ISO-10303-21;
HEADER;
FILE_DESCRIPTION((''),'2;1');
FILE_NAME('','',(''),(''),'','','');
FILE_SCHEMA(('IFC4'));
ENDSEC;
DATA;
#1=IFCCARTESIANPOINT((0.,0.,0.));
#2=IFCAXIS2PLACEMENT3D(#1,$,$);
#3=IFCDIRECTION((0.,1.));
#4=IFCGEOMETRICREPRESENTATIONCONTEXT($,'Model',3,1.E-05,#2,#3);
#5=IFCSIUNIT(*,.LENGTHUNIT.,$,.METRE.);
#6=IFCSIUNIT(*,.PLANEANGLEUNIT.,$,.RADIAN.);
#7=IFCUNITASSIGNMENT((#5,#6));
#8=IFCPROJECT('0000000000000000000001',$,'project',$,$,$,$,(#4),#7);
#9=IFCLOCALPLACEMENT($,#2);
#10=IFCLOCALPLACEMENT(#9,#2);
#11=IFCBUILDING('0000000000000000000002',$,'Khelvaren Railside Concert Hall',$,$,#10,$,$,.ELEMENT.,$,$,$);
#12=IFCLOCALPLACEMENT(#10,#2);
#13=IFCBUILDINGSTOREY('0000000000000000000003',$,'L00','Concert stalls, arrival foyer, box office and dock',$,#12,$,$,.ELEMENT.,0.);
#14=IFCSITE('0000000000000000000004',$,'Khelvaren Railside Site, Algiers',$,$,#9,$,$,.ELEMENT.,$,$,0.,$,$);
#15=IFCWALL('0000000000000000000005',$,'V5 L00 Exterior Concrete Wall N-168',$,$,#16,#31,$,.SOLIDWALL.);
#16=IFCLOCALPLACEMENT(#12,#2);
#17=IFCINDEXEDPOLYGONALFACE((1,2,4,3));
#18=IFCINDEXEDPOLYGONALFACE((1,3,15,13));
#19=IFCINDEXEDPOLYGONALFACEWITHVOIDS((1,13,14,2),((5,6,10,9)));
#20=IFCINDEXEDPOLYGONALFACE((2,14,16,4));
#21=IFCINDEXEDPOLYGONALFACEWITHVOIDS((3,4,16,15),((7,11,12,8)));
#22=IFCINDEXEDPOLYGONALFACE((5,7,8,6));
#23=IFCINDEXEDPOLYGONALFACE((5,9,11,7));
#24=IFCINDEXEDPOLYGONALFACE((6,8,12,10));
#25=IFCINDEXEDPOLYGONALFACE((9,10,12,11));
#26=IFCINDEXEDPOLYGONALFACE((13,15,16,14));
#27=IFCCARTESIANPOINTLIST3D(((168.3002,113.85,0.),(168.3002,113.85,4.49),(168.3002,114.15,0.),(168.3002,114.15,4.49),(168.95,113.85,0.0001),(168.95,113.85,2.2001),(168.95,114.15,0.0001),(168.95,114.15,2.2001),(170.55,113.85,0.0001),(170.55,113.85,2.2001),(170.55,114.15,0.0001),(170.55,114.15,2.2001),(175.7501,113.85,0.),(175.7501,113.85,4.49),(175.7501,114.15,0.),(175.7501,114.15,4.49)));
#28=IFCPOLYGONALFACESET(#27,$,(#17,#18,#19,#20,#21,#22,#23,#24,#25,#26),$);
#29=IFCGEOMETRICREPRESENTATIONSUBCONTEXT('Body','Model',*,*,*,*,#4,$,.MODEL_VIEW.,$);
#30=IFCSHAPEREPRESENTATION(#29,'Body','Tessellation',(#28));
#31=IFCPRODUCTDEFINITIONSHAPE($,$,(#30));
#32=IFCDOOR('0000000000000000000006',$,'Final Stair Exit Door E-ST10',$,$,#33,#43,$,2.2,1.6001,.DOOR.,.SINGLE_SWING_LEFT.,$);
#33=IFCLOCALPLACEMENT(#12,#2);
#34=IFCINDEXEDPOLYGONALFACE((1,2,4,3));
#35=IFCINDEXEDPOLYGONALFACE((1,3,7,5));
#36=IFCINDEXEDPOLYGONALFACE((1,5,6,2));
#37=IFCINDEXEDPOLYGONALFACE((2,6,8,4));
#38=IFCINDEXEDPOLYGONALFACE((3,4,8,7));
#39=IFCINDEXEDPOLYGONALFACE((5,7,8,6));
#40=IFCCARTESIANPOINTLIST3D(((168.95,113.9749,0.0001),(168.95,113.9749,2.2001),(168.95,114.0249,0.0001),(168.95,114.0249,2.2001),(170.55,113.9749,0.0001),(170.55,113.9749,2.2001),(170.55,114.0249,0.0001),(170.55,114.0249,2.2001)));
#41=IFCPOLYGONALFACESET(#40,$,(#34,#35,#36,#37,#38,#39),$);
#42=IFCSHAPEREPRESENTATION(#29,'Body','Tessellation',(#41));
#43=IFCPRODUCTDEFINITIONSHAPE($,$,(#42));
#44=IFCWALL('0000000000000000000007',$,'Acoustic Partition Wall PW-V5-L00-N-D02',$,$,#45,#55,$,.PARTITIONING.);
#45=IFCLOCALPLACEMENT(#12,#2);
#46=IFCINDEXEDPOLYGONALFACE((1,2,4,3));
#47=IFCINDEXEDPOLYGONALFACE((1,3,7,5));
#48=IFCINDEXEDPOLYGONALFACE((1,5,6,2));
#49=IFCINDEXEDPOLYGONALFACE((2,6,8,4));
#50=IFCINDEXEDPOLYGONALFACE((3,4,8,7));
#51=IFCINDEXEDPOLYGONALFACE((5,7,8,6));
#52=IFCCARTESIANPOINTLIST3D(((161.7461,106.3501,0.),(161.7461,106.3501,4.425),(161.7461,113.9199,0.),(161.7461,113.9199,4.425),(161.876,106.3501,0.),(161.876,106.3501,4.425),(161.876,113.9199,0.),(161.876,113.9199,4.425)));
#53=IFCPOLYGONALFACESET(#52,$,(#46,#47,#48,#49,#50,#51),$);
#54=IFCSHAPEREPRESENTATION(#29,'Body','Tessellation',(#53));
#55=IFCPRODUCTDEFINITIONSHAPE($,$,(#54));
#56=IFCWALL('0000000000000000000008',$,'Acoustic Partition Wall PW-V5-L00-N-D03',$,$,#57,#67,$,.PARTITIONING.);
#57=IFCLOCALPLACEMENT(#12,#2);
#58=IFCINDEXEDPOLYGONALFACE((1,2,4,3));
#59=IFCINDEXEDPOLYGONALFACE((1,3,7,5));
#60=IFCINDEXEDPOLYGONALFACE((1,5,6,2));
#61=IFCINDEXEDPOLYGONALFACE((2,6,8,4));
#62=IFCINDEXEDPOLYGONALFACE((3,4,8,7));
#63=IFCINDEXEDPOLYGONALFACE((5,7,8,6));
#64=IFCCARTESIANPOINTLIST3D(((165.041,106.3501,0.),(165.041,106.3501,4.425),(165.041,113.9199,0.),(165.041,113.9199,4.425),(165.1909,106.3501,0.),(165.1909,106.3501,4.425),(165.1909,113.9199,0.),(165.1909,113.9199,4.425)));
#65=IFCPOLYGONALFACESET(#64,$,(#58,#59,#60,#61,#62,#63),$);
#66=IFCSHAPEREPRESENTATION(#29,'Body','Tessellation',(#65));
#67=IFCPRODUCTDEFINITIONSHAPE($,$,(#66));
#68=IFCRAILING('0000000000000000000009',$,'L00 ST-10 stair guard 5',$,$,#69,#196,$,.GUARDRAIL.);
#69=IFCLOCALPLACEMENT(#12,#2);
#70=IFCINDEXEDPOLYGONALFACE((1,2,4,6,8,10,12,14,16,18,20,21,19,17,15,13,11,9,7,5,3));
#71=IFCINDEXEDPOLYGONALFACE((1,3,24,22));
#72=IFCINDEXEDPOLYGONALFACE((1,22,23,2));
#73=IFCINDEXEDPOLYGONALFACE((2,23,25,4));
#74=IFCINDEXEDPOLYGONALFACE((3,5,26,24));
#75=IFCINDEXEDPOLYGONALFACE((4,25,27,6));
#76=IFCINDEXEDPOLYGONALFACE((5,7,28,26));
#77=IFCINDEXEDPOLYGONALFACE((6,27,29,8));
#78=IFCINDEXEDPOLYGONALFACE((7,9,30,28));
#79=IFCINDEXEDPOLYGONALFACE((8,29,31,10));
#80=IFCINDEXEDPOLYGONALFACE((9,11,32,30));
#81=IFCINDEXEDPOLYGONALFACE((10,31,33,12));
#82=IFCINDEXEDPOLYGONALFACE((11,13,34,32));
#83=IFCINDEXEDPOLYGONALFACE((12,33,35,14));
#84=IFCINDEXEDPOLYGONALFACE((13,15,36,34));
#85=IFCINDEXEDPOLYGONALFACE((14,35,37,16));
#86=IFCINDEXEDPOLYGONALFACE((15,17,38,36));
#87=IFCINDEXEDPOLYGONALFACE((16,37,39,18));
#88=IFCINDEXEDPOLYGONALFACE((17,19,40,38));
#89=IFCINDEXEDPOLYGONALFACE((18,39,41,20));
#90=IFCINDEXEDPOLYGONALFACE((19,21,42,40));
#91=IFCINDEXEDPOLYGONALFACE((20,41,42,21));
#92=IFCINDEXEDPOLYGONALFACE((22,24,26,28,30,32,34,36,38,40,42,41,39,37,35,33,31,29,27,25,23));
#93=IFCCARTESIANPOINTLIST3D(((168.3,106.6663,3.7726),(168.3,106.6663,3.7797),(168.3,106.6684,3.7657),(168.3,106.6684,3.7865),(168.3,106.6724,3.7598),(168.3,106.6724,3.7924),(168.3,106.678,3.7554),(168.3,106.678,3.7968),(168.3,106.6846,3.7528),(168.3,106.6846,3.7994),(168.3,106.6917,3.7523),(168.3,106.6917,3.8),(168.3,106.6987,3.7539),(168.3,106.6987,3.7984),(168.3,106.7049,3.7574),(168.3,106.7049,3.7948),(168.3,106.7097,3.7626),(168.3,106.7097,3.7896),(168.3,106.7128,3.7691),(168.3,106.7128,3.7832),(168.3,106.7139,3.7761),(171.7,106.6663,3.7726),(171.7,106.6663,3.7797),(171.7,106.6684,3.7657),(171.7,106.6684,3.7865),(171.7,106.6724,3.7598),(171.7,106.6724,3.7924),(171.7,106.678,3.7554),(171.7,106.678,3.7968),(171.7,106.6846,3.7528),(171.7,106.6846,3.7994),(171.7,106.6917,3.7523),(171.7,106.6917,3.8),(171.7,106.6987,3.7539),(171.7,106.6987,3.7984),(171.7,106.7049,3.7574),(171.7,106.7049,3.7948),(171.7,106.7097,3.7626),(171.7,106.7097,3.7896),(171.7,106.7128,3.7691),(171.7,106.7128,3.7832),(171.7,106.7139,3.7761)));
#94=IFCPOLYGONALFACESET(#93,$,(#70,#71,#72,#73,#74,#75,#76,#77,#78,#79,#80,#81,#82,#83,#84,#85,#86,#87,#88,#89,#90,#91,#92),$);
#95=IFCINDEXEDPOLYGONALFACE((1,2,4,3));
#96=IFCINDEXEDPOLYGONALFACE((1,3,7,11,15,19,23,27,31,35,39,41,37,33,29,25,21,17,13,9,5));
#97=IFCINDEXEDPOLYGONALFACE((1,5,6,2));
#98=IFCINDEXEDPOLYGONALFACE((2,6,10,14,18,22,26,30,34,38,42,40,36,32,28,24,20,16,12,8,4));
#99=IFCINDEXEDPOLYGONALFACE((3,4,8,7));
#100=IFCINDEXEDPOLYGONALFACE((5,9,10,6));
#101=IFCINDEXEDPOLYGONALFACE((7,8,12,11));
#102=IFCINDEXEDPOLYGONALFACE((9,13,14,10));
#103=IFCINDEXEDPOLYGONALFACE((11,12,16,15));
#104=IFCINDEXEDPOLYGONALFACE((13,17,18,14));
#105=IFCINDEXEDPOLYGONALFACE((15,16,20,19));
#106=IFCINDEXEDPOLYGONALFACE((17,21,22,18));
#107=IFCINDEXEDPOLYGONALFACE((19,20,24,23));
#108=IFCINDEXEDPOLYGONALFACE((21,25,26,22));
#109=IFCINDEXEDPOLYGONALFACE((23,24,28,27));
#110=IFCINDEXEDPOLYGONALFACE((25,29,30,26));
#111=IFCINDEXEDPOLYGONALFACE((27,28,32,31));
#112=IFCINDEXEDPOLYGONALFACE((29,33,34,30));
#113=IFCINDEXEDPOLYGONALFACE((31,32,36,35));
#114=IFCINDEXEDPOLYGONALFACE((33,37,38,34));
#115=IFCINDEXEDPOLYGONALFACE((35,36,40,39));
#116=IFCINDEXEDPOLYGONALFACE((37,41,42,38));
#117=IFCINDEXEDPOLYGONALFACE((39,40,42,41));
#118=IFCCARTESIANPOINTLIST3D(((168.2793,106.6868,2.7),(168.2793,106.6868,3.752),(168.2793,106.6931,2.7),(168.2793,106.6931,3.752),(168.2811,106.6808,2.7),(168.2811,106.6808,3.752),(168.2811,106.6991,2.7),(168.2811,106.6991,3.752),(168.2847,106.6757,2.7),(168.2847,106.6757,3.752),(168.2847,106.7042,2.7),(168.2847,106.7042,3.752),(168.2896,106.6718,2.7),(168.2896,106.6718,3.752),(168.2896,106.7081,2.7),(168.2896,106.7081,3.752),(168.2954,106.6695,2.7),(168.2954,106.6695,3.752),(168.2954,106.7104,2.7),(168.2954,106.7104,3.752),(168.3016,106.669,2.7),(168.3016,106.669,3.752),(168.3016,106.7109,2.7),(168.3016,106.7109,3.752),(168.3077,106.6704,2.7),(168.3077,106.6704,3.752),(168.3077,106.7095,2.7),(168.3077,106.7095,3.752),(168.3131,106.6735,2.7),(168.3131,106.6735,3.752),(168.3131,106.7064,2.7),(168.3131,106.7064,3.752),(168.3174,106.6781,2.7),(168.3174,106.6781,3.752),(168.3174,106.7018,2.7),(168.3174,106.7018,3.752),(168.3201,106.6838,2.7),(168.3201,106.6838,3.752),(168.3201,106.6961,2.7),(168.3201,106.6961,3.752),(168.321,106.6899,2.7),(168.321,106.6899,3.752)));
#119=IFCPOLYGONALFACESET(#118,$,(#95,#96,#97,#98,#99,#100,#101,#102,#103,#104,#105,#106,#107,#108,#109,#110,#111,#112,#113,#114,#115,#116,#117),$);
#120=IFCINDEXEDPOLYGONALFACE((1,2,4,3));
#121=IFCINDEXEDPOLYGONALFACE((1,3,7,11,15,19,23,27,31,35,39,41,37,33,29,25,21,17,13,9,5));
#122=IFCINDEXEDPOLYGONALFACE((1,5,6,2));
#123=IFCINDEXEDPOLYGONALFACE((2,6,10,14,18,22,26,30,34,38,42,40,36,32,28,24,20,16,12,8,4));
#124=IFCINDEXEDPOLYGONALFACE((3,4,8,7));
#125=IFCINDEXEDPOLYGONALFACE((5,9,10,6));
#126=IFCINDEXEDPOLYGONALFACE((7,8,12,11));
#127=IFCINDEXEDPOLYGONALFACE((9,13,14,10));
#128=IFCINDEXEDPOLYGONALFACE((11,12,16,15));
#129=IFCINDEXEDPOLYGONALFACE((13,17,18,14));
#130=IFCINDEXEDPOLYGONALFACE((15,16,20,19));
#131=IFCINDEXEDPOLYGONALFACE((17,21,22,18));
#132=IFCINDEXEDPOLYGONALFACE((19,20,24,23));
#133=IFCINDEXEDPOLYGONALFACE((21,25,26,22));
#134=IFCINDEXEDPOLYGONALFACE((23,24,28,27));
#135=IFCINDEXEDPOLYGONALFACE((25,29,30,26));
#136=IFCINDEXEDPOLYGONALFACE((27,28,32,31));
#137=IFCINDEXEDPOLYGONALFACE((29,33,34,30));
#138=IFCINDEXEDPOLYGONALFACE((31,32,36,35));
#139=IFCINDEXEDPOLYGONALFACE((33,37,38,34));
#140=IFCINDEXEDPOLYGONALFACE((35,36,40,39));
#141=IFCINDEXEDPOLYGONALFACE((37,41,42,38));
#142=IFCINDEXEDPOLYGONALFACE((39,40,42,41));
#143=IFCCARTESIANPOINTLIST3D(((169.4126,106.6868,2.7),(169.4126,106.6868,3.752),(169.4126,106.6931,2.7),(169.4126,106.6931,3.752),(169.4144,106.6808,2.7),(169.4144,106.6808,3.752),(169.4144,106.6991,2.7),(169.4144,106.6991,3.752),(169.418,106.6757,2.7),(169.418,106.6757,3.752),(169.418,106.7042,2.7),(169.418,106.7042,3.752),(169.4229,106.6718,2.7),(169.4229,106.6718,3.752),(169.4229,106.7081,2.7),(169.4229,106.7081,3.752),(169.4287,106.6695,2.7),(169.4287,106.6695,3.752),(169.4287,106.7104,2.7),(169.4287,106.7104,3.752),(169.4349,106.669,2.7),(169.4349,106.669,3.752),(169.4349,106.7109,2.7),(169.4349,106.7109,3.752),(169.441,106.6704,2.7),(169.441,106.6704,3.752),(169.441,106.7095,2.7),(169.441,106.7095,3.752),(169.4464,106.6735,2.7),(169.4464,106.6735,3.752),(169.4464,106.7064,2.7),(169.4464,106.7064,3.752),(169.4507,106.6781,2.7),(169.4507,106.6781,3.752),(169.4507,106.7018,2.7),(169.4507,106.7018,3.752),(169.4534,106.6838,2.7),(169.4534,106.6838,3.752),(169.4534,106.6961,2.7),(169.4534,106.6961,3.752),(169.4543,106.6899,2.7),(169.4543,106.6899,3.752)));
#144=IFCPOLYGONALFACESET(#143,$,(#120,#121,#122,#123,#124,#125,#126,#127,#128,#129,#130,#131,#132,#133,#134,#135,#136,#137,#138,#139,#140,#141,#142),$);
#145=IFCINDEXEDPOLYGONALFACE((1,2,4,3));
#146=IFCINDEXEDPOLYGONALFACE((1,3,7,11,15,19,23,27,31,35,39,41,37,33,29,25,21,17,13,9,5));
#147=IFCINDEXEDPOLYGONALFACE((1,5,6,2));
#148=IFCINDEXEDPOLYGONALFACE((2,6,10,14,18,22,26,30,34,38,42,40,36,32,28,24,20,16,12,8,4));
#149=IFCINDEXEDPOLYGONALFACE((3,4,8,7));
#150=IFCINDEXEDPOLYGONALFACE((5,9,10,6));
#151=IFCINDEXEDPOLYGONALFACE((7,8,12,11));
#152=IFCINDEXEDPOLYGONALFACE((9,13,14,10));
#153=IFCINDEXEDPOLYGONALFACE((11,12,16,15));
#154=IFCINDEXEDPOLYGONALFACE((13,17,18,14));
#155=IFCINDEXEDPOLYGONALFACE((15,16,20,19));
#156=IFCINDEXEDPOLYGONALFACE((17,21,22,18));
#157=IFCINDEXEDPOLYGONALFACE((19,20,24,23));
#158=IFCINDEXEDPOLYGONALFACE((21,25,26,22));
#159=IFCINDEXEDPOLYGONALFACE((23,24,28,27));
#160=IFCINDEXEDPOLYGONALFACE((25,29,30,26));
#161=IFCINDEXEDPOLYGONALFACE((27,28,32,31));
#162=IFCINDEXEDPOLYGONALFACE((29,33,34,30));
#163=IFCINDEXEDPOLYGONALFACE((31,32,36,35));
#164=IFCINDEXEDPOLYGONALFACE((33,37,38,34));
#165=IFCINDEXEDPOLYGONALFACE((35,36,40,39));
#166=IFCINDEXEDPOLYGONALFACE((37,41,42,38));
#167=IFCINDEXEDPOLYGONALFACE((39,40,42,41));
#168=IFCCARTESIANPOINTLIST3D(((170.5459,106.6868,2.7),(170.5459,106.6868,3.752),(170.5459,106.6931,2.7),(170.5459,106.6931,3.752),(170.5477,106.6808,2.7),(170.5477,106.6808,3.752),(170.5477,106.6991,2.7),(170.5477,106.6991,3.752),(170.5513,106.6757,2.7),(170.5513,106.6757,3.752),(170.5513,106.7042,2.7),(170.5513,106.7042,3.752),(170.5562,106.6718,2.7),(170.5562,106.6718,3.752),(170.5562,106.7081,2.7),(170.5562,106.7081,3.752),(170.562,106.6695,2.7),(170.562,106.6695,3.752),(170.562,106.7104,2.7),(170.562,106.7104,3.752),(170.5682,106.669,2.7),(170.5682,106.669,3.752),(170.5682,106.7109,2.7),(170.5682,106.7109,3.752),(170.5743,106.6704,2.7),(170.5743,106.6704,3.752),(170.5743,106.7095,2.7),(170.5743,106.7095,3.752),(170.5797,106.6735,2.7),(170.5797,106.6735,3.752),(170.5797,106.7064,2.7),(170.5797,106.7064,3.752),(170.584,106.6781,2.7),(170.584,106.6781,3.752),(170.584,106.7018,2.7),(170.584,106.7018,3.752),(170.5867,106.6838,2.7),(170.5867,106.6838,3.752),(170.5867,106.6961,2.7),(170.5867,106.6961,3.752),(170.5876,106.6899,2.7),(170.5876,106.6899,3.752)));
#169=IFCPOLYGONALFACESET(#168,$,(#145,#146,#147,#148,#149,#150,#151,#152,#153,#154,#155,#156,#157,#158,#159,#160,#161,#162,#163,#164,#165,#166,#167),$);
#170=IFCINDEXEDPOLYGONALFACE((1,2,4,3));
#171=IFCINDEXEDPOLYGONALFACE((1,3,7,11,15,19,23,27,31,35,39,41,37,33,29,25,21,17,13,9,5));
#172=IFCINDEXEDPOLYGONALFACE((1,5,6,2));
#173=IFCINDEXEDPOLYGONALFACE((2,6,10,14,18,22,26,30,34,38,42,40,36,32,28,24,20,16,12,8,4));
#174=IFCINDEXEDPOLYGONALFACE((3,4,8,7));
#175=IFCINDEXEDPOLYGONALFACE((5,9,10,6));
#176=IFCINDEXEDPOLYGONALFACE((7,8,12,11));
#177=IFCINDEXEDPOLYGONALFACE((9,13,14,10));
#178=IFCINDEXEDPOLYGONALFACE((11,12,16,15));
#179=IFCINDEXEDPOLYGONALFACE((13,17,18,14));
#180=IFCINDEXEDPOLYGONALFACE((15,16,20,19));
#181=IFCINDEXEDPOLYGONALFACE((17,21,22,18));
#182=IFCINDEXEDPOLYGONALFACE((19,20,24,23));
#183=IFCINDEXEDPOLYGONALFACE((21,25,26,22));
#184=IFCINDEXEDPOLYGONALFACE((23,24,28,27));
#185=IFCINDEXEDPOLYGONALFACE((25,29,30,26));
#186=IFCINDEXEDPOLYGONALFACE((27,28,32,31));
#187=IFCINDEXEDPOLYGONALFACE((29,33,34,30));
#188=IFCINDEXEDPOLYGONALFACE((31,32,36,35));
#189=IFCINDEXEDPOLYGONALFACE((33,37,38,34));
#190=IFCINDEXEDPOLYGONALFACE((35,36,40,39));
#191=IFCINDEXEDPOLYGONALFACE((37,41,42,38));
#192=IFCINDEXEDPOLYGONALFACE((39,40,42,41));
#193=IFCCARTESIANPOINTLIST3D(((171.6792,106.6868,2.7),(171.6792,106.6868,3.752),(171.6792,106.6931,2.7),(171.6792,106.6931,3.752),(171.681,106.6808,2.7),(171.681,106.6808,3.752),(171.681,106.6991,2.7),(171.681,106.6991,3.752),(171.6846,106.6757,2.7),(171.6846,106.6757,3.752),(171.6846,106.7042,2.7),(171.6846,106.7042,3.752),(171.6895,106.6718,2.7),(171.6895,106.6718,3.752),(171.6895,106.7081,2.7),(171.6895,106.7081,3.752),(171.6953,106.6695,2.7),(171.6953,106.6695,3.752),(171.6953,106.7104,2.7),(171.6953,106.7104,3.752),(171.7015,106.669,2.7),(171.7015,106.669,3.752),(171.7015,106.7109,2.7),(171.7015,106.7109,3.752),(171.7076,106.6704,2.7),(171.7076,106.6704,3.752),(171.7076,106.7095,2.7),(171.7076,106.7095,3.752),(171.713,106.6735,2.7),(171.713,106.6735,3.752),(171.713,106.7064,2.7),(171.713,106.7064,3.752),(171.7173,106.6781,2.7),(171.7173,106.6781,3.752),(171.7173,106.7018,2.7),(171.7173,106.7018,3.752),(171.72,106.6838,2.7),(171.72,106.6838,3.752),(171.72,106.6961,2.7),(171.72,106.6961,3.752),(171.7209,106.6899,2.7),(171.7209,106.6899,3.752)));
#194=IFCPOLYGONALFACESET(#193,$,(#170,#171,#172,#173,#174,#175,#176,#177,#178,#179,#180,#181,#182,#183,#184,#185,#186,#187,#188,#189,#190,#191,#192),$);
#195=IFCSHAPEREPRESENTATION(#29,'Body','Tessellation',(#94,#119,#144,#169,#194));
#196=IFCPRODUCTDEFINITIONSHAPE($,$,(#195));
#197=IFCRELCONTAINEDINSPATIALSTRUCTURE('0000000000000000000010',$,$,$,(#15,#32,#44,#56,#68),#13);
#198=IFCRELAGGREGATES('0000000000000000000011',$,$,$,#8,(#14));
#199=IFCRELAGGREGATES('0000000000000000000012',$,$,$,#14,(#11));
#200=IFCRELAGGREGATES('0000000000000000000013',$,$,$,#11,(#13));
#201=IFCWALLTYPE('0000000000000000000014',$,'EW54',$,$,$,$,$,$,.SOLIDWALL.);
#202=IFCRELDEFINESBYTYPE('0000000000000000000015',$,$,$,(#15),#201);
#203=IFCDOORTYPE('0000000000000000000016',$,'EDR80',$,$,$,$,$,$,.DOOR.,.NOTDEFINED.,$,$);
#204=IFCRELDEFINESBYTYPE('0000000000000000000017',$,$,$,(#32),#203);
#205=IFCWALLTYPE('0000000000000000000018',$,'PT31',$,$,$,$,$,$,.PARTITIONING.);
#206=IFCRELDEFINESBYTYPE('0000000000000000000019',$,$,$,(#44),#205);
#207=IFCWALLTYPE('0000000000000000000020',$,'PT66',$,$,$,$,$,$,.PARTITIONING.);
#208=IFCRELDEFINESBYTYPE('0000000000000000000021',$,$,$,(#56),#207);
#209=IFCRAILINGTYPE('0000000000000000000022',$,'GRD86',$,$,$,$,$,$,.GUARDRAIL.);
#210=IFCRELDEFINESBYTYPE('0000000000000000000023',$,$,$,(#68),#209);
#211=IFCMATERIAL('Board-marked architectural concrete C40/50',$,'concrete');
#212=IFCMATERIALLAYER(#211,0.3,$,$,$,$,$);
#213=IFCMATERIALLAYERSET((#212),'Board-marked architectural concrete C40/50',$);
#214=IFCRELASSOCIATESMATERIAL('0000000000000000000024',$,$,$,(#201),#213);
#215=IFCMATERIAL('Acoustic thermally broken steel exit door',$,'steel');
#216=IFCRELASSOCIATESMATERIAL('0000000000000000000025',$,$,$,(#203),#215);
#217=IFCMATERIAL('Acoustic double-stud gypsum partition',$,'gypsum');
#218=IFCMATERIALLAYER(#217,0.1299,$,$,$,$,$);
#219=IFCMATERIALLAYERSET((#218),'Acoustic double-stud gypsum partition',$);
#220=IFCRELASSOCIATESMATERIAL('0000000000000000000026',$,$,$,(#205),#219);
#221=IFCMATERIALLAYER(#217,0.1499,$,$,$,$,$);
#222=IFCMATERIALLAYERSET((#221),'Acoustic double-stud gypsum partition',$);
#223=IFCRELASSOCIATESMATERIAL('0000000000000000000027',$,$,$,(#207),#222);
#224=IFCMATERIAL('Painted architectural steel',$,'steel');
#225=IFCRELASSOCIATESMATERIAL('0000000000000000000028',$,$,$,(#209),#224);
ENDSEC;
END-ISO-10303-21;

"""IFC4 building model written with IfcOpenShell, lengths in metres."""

from ifc_helpers import new_model, si_unit, direction, frame, frame_2d, origin, origin_2d, place, context, subcontext, project, spatial, rectangle, circle, extrude, material, layer, layer_set, type_object, element, fill, save


model = new_model("IFC4")

# Units and contexts
model_context = context("Model", 3, precision=1e-05, world=origin(), true_north=direction((0.0, 1.0)))
body_context = subcontext(model_context, "Body", "Model", "MODEL_VIEW")
ifc_project = project(units=[si_unit("LENGTHUNIT", "METRE"), si_unit("PLANEANGLEUNIT", "RADIAN")], contexts=[model_context])

# Site, building, storey
site_placement = place(None, origin())
site = spatial("IfcSite", under=ifc_project, at=site_placement, Name="Khelvaren Railside Site, Algiers", CompositionType="ELEMENT", RefElevation=0.0)
building_placement = place(site_placement, origin())
building = spatial("IfcBuilding", under=site, at=building_placement, Name="Khelvaren Railside Concert Hall", CompositionType="ELEMENT")
storey_placement = place(building_placement, origin())
storey = spatial("IfcBuildingStorey", under=building, at=storey_placement, Name="L00", Description="Concert stalls, arrival foyer, box office and dock", CompositionType="ELEMENT", Elevation=0.0)

# Shared definitions
ifc_material_1 = material(Name="Board-marked architectural concrete C40/50", Category="concrete")
ifc_layer_1 = layer(ifc_material_1, 0.3)
ifc_layer_set_1 = layer_set([ifc_layer_1], Name="Board-marked architectural concrete C40/50")
wall_type_1 = type_object("IfcWallType", Name="EW54", PredefinedType="SOLIDWALL", material=ifc_layer_set_1)

# Wall, opening, door
wall_1_placement = place(storey_placement, frame((168.3, 114.0, 0.0), z_axis=(0.0, 0.0, 1.0), x_axis=(1.0, 0.0, 0.0)))
wall_1 = element("IfcWall", 1, at=wall_1_placement, inside=storey, type_object=wall_type_1, Name="V5 L00 Exterior Concrete Wall N-168", PredefinedType="SOLIDWALL", context=body_context, shape_type="SweptSolid", body=[
    extrude(rectangle(XDim=7.45, YDim=0.3, at=frame_2d((3.7251, 0.0))), origin(), (0.0, 0.0, 1.0), 4.49),
])
opening_1_placement = place(wall_1_placement, frame((0.6499, 0.0, 0.0)))
opening_1 = element("IfcOpeningElement", 2, at=opening_1_placement, cuts=wall_1, PredefinedType="OPENING", context=body_context, shape_type="SweptSolid", body=[
    extrude(rectangle(XDim=1.6001, YDim=2.2, at=frame_2d((0.8, 1.1001))), frame((0.0, 0.1599, 0.0), z_axis=(0.0, -1.0, 0.0), x_axis=(1.0, 0.0, 0.0)), (0.0, 0.0, 1.0), 0.3201),
])
ifc_material_2 = material(Name="Acoustic thermally broken steel exit door", Category="steel")
door_type_1 = type_object("IfcDoorType", Name="EDR80", OperationType="NOTDEFINED", PredefinedType="DOOR", material=ifc_material_2)
door_1_placement = place(opening_1_placement, origin())
door_1 = element("IfcDoor", 3, at=door_1_placement, inside=storey, type_object=door_type_1, Name="Final Stair Exit Door E-ST10", OperationType="SINGLE_SWING_LEFT", OverallHeight=2.2, OverallWidth=1.6001, PredefinedType="DOOR", context=body_context, shape_type="SweptSolid", body=[
    extrude(rectangle(XDim=1.6001, YDim=2.2, at=frame_2d((0.8, 1.1001))), frame((0.0, 0.0249, 0.0), z_axis=(0.0, -1.0, 0.0), x_axis=(1.0, 0.0, 0.0)), (0.0, 0.0, 1.0), 0.05),
])
fill(opening_1, door_1)

# Wall
ifc_material_3 = material(Name="Acoustic double-stud gypsum partition", Category="gypsum")
ifc_layer_2 = layer(ifc_material_3, 0.1299)
ifc_layer_set_2 = layer_set([ifc_layer_2], Name="Acoustic double-stud gypsum partition")
wall_type_2 = type_object("IfcWallType", Name="PT31", PredefinedType="PARTITIONING", material=ifc_layer_set_2)
wall_2_placement = place(storey_placement, frame((161.811, 106.3501, 0.0), z_axis=(0.0, 0.0, 1.0), x_axis=(0.0, 1.0, 0.0)))
element("IfcWall", 4, at=wall_2_placement, inside=storey, type_object=wall_type_2, Name="Acoustic Partition Wall PW-V5-L00-N-D02", PredefinedType="PARTITIONING", context=body_context, shape_type="SweptSolid", body=[
    extrude(rectangle(XDim=7.5698, YDim=0.1299, at=frame_2d((3.7849, 0.0))), origin(), (0.0, 0.0, 1.0), 4.425),
])

# Wall
ifc_layer_3 = layer(ifc_material_3, 0.1499)
ifc_layer_set_3 = layer_set([ifc_layer_3], Name="Acoustic double-stud gypsum partition")
wall_type_3 = type_object("IfcWallType", Name="PT66", PredefinedType="PARTITIONING", material=ifc_layer_set_3)
wall_3_placement = place(storey_placement, frame((165.116, 106.3501, 0.0), z_axis=(0.0, 0.0, 1.0), x_axis=(0.0, 1.0, 0.0)))
element("IfcWall", 5, at=wall_3_placement, inside=storey, type_object=wall_type_3, Name="Acoustic Partition Wall PW-V5-L00-N-D03", PredefinedType="PARTITIONING", context=body_context, shape_type="SweptSolid", body=[
    extrude(rectangle(XDim=7.5698, YDim=0.1499, at=frame_2d((3.7849, 0.0))), origin(), (0.0, 0.0, 1.0), 4.425),
])

# Railing
ifc_material_4 = material(Name="Painted architectural steel", Category="steel")
railing_type = type_object("IfcRailingType", Name="GRD86", PredefinedType="GUARDRAIL", material=ifc_material_4)
railing_1_placement = place(storey_placement, frame((168.3, 106.6899, 2.7)))
element("IfcRailing", 6, at=railing_1_placement, inside=storey, type_object=railing_type, Name="L00 ST-10 stair guard 5", PredefinedType="GUARDRAIL", context=body_context, shape_type="SweptSolid", body=[
    extrude(circle(Radius=0.0239, at=origin_2d()), frame((0.0, 0.0, 1.0762), z_axis=(1.0, 0.0, 0.0), x_axis=(0.0, 1.0, 0.0)), (0.0, 0.0, 1.0), 3.3999),
    extrude(circle(Radius=0.021, at=origin_2d()), origin(), (0.0, 0.0, 1.0), 1.052),
    extrude(circle(Radius=0.021, at=origin_2d()), frame((1.1333, 0.0, 0.0)), (0.0, 0.0, 1.0), 1.052),
    extrude(circle(Radius=0.021, at=origin_2d()), frame((2.2666, 0.0, 0.0)), (0.0, 0.0, 1.0), 1.052),
    extrude(circle(Radius=0.021, at=origin_2d()), frame((3.3999, 0.0, 0.0)), (0.0, 0.0, 1.0), 1.052),
])

save(model, "model.ifc")
